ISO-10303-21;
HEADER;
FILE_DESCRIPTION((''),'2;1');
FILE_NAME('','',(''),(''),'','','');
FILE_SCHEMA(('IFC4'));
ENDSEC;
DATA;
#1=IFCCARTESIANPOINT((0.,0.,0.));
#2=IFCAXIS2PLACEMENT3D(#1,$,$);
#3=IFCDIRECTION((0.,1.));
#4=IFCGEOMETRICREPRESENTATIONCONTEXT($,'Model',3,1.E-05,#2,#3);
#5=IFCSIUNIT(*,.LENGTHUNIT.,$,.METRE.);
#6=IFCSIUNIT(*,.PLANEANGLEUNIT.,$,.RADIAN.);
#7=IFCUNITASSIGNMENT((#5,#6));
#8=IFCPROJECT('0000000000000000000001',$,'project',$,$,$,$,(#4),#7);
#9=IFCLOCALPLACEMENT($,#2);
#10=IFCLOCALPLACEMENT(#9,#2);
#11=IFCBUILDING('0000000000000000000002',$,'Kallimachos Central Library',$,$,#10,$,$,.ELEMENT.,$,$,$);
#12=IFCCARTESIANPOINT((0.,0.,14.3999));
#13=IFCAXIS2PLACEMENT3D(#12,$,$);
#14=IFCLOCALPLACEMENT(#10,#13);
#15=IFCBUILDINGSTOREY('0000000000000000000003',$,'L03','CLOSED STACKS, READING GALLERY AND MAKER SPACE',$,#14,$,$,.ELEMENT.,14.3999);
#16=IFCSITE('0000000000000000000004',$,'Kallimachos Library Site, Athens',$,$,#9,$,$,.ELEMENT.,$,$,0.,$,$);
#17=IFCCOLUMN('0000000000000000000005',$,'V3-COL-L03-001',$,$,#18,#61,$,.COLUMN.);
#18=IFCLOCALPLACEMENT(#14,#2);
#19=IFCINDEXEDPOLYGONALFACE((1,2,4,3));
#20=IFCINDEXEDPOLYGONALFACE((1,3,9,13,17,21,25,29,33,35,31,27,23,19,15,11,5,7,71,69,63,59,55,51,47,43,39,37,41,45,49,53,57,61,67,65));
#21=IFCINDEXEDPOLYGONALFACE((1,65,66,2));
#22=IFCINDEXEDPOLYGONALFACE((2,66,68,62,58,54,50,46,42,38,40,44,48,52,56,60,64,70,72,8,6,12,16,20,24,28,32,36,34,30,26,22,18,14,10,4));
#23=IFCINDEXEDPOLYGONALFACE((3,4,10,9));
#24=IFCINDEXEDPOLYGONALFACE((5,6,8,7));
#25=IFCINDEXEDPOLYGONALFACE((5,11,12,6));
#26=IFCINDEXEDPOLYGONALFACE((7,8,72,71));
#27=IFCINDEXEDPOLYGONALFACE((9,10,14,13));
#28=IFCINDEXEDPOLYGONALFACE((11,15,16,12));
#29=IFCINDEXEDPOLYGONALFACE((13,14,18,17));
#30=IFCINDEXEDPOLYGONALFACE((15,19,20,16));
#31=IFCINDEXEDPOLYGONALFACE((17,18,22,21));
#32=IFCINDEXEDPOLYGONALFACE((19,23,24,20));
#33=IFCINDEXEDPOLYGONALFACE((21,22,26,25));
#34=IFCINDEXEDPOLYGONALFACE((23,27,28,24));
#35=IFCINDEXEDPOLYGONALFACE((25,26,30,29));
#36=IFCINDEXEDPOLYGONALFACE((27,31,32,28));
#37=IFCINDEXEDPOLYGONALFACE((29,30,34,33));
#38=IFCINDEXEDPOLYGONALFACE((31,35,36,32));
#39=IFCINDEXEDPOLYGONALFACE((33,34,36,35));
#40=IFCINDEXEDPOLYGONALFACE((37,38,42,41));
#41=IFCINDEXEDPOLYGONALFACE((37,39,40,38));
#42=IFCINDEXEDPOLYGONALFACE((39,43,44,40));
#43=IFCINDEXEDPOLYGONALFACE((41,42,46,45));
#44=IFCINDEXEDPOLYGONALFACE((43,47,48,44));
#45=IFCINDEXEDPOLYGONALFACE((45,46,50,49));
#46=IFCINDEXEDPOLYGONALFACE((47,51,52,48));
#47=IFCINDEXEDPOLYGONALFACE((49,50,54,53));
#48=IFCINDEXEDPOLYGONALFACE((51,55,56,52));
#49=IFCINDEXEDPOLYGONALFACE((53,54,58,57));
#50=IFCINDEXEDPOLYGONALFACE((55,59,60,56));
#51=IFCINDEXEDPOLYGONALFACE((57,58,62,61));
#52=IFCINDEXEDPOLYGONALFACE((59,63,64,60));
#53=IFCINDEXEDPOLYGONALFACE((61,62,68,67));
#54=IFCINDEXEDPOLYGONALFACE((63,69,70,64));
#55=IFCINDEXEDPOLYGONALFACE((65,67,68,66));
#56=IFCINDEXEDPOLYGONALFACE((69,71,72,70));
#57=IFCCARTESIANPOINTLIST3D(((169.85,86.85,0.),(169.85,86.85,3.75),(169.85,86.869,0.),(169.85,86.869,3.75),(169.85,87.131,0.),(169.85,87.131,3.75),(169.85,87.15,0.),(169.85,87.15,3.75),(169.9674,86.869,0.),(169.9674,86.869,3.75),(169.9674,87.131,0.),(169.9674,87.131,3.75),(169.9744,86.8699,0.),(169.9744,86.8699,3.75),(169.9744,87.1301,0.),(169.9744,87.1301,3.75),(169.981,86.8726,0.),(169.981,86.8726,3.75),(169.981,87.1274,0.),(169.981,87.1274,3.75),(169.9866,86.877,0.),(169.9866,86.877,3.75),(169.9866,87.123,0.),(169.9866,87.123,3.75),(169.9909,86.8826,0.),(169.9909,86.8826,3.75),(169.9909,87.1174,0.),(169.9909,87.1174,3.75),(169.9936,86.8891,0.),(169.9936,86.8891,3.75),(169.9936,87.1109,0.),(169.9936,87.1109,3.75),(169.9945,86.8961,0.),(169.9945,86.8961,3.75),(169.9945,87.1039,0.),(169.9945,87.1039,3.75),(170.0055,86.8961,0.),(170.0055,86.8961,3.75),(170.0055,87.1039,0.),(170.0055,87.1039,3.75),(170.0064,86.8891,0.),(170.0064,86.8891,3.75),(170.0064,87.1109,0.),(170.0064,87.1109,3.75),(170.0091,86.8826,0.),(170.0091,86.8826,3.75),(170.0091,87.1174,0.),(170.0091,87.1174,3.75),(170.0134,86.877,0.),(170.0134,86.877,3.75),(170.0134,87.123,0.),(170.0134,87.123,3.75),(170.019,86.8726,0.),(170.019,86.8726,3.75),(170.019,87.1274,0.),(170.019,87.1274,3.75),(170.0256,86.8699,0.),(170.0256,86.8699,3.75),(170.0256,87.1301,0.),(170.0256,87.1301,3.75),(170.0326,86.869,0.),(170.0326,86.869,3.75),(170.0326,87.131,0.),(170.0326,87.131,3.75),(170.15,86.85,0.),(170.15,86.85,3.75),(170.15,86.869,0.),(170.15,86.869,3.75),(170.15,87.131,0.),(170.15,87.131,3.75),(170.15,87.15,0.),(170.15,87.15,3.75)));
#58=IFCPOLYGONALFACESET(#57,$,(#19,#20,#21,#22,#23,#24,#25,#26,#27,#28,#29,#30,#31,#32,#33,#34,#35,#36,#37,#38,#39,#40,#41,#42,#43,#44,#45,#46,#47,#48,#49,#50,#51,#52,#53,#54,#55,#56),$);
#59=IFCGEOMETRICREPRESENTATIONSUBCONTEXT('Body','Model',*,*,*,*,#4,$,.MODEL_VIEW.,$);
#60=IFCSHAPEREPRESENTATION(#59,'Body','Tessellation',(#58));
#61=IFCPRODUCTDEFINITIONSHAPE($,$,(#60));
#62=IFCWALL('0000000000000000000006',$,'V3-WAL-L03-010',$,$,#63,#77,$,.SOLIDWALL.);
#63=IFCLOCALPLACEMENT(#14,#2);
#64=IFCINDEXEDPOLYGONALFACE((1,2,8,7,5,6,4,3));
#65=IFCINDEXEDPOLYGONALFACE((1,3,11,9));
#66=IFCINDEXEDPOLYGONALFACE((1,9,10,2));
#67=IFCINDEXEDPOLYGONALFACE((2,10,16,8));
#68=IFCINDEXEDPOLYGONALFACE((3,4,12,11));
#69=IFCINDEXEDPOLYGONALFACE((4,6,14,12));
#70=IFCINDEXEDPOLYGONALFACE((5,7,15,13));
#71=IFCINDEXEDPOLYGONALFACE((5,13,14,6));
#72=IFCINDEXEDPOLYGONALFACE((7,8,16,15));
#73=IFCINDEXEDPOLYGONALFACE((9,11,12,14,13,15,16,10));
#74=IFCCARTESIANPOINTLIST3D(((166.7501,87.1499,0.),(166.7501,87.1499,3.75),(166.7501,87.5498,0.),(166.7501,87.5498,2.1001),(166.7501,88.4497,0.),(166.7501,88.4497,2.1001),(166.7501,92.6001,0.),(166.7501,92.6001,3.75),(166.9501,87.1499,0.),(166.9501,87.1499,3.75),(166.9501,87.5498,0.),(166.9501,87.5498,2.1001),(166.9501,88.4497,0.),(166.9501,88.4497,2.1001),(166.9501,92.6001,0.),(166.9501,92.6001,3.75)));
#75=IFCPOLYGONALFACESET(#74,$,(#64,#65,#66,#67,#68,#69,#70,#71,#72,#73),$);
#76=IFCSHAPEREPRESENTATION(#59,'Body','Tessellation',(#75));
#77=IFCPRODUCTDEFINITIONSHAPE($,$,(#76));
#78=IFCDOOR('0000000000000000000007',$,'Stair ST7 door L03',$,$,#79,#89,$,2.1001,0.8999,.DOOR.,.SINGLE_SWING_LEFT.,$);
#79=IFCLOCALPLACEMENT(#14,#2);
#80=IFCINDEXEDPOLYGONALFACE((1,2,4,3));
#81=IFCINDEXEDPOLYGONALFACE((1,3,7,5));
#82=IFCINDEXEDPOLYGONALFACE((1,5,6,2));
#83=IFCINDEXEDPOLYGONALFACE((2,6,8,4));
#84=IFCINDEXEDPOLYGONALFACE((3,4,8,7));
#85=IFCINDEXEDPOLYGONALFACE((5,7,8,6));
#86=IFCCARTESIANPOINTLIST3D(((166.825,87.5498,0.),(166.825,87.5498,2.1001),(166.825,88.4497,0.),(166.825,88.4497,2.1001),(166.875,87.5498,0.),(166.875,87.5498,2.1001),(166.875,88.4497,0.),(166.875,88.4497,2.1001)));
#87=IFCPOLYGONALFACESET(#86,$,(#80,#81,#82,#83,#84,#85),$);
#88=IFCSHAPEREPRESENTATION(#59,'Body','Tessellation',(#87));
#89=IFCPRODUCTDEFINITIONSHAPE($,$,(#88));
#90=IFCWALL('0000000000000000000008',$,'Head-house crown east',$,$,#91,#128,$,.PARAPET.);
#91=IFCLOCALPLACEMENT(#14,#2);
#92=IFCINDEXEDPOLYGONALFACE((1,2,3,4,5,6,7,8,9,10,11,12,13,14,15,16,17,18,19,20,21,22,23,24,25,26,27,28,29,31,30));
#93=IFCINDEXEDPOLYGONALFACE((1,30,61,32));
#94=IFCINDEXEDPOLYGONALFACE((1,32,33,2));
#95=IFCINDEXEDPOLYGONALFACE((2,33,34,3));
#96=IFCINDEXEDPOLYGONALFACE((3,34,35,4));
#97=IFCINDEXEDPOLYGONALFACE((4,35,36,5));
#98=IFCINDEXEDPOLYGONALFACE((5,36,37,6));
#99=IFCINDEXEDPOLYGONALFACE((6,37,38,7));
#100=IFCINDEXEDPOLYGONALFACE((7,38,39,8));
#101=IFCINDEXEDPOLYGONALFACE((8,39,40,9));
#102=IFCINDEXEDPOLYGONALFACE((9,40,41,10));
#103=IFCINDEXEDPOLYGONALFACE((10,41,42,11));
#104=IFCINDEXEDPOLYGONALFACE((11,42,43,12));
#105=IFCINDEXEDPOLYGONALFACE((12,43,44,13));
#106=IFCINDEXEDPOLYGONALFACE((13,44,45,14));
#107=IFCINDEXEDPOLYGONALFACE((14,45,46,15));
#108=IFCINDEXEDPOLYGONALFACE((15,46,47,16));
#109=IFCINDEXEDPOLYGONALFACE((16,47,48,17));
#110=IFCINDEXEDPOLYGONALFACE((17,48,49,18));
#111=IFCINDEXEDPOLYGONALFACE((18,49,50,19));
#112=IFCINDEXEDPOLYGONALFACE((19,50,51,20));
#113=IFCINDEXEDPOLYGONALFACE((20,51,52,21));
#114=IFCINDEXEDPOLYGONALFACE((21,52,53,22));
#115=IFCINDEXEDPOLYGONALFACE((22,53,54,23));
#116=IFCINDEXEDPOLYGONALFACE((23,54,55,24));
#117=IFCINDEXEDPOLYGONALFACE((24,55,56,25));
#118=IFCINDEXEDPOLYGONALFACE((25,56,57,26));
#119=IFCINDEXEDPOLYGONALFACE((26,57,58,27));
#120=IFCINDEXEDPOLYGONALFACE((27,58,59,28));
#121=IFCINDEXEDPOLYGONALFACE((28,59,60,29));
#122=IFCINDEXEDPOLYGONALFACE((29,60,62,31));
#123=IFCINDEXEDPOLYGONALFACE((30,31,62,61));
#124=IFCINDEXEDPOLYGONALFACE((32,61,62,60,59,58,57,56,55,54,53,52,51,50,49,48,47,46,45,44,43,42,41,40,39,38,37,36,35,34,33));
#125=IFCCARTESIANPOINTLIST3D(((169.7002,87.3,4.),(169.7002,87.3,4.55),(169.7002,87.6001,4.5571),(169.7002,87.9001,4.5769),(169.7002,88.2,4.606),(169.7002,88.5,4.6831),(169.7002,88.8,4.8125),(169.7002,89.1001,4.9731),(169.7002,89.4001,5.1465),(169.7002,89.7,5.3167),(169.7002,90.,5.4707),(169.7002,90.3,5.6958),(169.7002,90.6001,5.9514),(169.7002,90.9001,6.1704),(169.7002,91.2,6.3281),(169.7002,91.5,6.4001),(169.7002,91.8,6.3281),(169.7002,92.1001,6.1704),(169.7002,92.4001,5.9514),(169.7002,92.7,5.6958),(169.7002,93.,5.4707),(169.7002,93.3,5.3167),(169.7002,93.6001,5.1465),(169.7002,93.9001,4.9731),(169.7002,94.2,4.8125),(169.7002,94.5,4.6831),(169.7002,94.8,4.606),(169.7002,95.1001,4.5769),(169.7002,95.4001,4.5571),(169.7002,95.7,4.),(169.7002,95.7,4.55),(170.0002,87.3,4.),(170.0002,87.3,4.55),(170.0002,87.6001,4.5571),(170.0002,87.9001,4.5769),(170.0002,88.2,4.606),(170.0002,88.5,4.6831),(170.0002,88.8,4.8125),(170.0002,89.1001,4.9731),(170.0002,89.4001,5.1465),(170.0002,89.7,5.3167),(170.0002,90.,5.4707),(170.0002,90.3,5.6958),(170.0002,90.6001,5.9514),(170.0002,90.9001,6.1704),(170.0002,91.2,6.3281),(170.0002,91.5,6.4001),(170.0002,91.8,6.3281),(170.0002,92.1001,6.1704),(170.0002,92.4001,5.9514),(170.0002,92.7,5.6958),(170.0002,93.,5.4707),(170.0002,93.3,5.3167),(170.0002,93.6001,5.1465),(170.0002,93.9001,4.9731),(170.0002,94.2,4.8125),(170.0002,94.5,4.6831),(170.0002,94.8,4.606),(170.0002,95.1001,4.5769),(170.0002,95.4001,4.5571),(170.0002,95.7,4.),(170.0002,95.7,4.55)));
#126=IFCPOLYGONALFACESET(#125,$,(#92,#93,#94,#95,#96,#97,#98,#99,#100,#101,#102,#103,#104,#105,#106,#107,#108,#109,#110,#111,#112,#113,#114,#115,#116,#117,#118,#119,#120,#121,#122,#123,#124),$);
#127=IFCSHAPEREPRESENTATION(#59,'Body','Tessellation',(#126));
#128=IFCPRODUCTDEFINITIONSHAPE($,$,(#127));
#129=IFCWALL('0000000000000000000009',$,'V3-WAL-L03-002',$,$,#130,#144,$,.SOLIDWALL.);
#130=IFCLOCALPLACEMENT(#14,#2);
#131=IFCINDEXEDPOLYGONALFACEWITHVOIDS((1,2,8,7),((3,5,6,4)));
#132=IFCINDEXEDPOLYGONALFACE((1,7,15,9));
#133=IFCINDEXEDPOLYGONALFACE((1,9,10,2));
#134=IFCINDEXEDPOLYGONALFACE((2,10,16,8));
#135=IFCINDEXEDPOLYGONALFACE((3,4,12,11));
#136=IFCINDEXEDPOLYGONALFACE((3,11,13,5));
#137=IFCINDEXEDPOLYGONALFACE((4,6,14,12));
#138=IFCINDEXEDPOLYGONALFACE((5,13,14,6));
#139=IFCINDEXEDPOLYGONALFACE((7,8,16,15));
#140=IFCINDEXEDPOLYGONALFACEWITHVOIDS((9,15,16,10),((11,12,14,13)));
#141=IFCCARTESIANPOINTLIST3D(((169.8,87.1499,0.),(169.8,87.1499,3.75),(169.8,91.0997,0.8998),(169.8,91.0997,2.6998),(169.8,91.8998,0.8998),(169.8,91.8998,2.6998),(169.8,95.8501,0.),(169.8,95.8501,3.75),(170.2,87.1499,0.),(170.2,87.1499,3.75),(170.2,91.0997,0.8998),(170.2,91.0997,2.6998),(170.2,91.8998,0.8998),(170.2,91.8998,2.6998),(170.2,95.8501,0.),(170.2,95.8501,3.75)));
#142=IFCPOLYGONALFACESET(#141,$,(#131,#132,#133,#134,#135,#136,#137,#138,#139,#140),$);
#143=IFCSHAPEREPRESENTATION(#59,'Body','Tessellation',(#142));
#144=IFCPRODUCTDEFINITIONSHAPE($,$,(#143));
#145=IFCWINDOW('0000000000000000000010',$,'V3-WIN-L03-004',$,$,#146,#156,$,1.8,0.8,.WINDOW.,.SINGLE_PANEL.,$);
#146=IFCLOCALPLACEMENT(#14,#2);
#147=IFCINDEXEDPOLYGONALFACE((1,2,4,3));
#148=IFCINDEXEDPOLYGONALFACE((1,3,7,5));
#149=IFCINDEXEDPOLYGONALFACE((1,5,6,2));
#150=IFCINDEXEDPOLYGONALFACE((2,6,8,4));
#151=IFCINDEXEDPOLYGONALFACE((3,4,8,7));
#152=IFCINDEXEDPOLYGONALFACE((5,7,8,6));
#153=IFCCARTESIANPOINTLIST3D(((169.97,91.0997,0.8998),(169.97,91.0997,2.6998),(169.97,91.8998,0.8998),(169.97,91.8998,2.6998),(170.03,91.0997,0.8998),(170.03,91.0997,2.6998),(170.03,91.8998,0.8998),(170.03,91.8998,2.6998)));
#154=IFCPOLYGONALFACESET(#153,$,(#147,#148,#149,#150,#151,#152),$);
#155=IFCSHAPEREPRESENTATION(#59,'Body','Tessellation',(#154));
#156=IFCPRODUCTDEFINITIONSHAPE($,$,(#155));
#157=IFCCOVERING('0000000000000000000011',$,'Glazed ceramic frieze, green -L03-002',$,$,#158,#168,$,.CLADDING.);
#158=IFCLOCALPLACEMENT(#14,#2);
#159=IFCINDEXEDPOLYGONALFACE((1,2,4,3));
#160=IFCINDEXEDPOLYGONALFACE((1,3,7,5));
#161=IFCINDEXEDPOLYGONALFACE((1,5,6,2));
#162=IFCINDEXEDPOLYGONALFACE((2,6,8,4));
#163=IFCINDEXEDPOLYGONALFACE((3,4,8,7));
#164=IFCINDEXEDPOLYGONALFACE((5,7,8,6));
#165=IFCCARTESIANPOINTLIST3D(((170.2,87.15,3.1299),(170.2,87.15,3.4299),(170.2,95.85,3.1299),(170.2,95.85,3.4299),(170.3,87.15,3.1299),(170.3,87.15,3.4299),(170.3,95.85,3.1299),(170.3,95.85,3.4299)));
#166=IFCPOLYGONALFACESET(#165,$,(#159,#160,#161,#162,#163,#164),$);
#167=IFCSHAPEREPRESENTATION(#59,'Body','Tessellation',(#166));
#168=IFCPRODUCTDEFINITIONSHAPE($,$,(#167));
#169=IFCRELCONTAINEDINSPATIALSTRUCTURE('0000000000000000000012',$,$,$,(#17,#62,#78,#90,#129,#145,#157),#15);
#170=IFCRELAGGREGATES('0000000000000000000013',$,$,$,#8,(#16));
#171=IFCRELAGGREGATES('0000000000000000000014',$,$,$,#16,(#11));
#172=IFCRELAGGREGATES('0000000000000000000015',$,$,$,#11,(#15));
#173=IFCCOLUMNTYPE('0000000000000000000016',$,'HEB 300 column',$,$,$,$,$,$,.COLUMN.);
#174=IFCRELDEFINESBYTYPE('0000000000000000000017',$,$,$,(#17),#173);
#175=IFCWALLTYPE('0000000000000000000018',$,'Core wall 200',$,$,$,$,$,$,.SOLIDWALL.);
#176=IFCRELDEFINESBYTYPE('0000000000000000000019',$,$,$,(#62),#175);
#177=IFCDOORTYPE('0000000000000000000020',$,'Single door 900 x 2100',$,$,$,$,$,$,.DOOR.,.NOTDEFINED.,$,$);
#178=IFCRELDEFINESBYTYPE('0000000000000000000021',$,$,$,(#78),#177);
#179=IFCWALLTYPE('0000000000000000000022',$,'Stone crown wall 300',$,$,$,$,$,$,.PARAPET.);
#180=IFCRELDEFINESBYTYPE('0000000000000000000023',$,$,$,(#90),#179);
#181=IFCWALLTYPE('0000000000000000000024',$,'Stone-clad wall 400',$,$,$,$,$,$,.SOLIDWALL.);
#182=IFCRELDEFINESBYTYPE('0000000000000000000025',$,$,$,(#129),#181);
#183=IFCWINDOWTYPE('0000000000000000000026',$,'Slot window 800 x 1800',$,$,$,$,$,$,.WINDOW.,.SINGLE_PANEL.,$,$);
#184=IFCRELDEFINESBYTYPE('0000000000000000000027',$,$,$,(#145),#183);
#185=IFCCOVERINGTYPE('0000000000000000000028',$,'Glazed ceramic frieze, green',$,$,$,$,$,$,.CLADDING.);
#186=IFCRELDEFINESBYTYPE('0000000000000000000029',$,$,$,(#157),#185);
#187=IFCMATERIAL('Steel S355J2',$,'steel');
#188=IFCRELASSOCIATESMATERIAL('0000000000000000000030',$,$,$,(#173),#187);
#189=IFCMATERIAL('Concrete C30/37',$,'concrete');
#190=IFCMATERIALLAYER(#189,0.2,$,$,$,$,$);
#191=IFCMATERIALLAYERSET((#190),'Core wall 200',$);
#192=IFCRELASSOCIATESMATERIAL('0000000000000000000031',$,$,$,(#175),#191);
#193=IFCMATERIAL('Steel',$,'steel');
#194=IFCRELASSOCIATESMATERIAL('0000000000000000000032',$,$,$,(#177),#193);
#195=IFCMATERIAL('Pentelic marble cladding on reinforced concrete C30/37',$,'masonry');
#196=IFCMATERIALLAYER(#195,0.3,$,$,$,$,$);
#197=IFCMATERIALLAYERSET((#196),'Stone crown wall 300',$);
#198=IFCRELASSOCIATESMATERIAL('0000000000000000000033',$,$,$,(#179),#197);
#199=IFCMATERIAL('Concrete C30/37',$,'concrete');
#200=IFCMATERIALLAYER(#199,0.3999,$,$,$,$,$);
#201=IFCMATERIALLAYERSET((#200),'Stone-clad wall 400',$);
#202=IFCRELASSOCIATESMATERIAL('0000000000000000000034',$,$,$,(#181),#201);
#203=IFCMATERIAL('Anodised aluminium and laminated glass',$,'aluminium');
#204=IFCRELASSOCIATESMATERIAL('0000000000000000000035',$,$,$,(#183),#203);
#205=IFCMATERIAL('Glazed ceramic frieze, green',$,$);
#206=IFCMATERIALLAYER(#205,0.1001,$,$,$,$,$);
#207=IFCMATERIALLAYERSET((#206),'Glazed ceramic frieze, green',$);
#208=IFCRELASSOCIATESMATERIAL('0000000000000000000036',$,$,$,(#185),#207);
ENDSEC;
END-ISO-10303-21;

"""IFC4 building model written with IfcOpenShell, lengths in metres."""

from ifc_helpers import new_model, si_unit, direction, frame, frame_2d, origin, origin_2d, place, context, subcontext, project, spatial, polyline, rectangle, i_section, outline, extrude, material, layer, layer_set, material_profile, profile_set, type_object, element, fill, save


model = new_model("IFC4")

# Units and contexts
model_context = context("Model", 3, precision=1e-05, world=origin(), true_north=direction((0.0, 1.0)))
body_context = subcontext(model_context, "Body", "Model", "MODEL_VIEW")
ifc_project = project(units=[si_unit("LENGTHUNIT", "METRE"), si_unit("PLANEANGLEUNIT", "RADIAN")], contexts=[model_context])

# Site, building, storey
site_placement = place(None, origin())
site = spatial("IfcSite", under=ifc_project, at=site_placement, Name="Kallimachos Library Site, Athens", CompositionType="ELEMENT", RefElevation=0.0)
building_placement = place(site_placement, origin())
building = spatial("IfcBuilding", under=site, at=building_placement, Name="Kallimachos Central Library", CompositionType="ELEMENT")
storey_placement = place(building_placement, frame((0.0, 0.0, 14.3999)))
storey = spatial("IfcBuildingStorey", under=building, at=storey_placement, Name="L03", Description="CLOSED STACKS, READING GALLERY AND MAKER SPACE", CompositionType="ELEMENT", Elevation=14.3999)

# Column
ifc_material_1 = material(Name="Steel S355J2", Category="steel")
ifc_material_profile = material_profile(ifc_material_1, i_section(OverallWidth=0.3, OverallDepth=0.3, WebThickness=0.011, FlangeThickness=0.019, FilletRadius=0.0271, at=origin_2d()), Name="HEB 300")
ifc_profile_set = profile_set([ifc_material_profile], Name="Steel S355J2")
column_type = type_object("IfcColumnType", Name="HEB 300 column", PredefinedType="COLUMN", material=ifc_profile_set)
column_placement = place(storey_placement, frame((170.0, 87.0, 0.0), z_axis=(0.0, 0.0, 1.0), x_axis=(1.0, 0.0, 0.0)))
element("IfcColumn", 1, at=column_placement, inside=storey, type_object=column_type, Name="V3-COL-L03-001", PredefinedType="COLUMN", context=body_context, shape_type="SweptSolid", body=[
    extrude(i_section(OverallWidth=0.3, OverallDepth=0.3, WebThickness=0.011, FlangeThickness=0.019, FilletRadius=0.0271, at=origin_2d()), origin(), (0.0, 0.0, 1.0), 3.75),
])

# Wall, opening, door
ifc_material_2 = material(Name="Concrete C30/37", Category="concrete")
ifc_layer_1 = layer(ifc_material_2, 0.2)
ifc_layer_set_1 = layer_set([ifc_layer_1], Name="Core wall 200")
wall_type_1 = type_object("IfcWallType", Name="Core wall 200", PredefinedType="SOLIDWALL", material=ifc_layer_set_1)
wall_1_placement = place(storey_placement, frame((166.8501, 87.1499, 0.0), z_axis=(0.0, 0.0, 1.0), x_axis=(0.0, 1.0, 0.0)))
wall_1 = element("IfcWall", 2, at=wall_1_placement, inside=storey, type_object=wall_type_1, Name="V3-WAL-L03-010", PredefinedType="SOLIDWALL", context=body_context, shape_type="SweptSolid", body=[
    extrude(rectangle(XDim=5.4502, YDim=0.2, at=frame_2d((2.7251, 0.0))), origin(), (0.0, 0.0, 1.0), 3.75),
])
opening_1_placement = place(wall_1_placement, frame((0.3999, 0.0, 0.0)))
opening_1 = element("IfcOpeningElement", 3, at=opening_1_placement, cuts=wall_1, PredefinedType="OPENING", context=body_context, shape_type="SweptSolid", body=[
    extrude(rectangle(XDim=0.8999, YDim=2.1001, at=frame_2d((0.45, 1.05))), frame((0.0, 0.1099, 0.0), z_axis=(0.0, -1.0, 0.0), x_axis=(1.0, 0.0, 0.0)), (0.0, 0.0, 1.0), 0.22),
])
ifc_material_3 = material(Name="Steel", Category="steel")
door_type = type_object("IfcDoorType", Name="Single door 900 x 2100", OperationType="NOTDEFINED", PredefinedType="DOOR", material=ifc_material_3)
door_placement = place(opening_1_placement, frame((0.8999, 0.0, 0.0), z_axis=(0.0, 0.0, 1.0), x_axis=(-1.0, 0.0, 0.0)))
door = element("IfcDoor", 4, at=door_placement, inside=storey, type_object=door_type, Name="Stair ST7 door L03", OperationType="SINGLE_SWING_LEFT", OverallHeight=2.1001, OverallWidth=0.8999, PredefinedType="DOOR", context=body_context, shape_type="SweptSolid", body=[
    extrude(rectangle(XDim=0.8999, YDim=2.1001, at=frame_2d((0.45, 1.05))), frame((0.0, 0.0249, 0.0), z_axis=(0.0, -1.0, 0.0), x_axis=(1.0, 0.0, 0.0)), (0.0, 0.0, 1.0), 0.05),
])
fill(opening_1, door)

# Wall
ifc_material_4 = material(Name="Pentelic marble cladding on reinforced concrete C30/37", Category="masonry")
ifc_layer_2 = layer(ifc_material_4, 0.3)
ifc_layer_set_2 = layer_set([ifc_layer_2], Name="Stone crown wall 300")
wall_type_2 = type_object("IfcWallType", Name="Stone crown wall 300", PredefinedType="PARAPET", material=ifc_layer_set_2)
wall_2_placement = place(storey_placement, frame((169.8501, 87.3, 4.0), z_axis=(0.0, 0.0, 1.0), x_axis=(0.0, 1.0, 0.0)))
element("IfcWall", 5, at=wall_2_placement, inside=storey, type_object=wall_type_2, Name="Head-house crown east", PredefinedType="PARAPET", context=body_context, shape_type="SweptSolid", body=[
    extrude(outline(polyline([(0.0, 0.0), (8.3999, 0.0), (8.3999, 0.55), (8.1001, 0.5571), (7.8, 0.5769), (7.5, 0.606), (7.2, 0.6831), (6.8999, 0.8125), (6.6001, 0.9731), (6.3, 1.1465), (6.0, 1.3167), (5.7, 1.4707), (5.3999, 1.6958), (5.1001, 1.9514), (4.8, 2.1704), (4.5, 2.3281), (4.2, 2.4001), (3.8999, 2.3281), (3.6001, 2.1704), (3.3, 1.9514), (3.0, 1.6958), (2.7, 1.4707), (2.3999, 1.3167), (2.1001, 1.1465), (1.8, 0.9731), (1.5, 0.8125), (1.2, 0.6831), (0.8999, 0.606), (0.6001, 0.5769), (0.3, 0.5571), (0.0, 0.55), (0.0, 0.0)])), frame((0.0, 0.1499, 0.0), z_axis=(0.0, -1.0, 0.0), x_axis=(1.0, 0.0, 0.0)), (0.0, 0.0, 1.0), 0.3),
])

# Wall, opening, window
ifc_material_5 = material(Name="Concrete C30/37", Category="concrete")
ifc_layer_3 = layer(ifc_material_5, 0.3999)
ifc_layer_set_3 = layer_set([ifc_layer_3], Name="Stone-clad wall 400")
wall_type_3 = type_object("IfcWallType", Name="Stone-clad wall 400", PredefinedType="SOLIDWALL", material=ifc_layer_set_3)
wall_3_placement = place(storey_placement, frame((170.0, 87.1499, 0.0), z_axis=(0.0, 0.0, 1.0), x_axis=(0.0, 1.0, 0.0)))
wall_3 = element("IfcWall", 6, at=wall_3_placement, inside=storey, type_object=wall_type_3, Name="V3-WAL-L03-002", PredefinedType="SOLIDWALL", context=body_context, shape_type="SweptSolid", body=[
    extrude(rectangle(XDim=8.7002, YDim=0.3999, at=frame_2d((4.3501, 0.0))), origin(), (0.0, 0.0, 1.0), 3.75),
])
opening_2_placement = place(wall_3_placement, frame((3.95, 0.0, 0.8999)))
opening_2 = element("IfcOpeningElement", 7, at=opening_2_placement, cuts=wall_3, PredefinedType="OPENING", context=body_context, shape_type="SweptSolid", body=[
    extrude(rectangle(XDim=0.8, YDim=1.8, at=frame_2d((0.3999, 0.8999))), frame((0.0, 0.21, 0.0), z_axis=(0.0, -1.0, 0.0), x_axis=(1.0, 0.0, 0.0)), (0.0, 0.0, 1.0), 0.4199),
])
ifc_material_6 = material(Name="Anodised aluminium and laminated glass", Category="aluminium")
window_type = type_object("IfcWindowType", Name="Slot window 800 x 1800", PartitioningType="SINGLE_PANEL", PredefinedType="WINDOW", material=ifc_material_6)
window_placement = place(opening_2_placement, origin())
window = element("IfcWindow", 8, at=window_placement, inside=storey, type_object=window_type, Name="V3-WIN-L03-004", OverallHeight=1.8, OverallWidth=0.8, PartitioningType="SINGLE_PANEL", PredefinedType="WINDOW", context=body_context, shape_type="SweptSolid", body=[
    extrude(rectangle(XDim=0.8, YDim=1.8, at=frame_2d((0.3999, 0.8999))), frame((0.0, 0.03, 0.0), z_axis=(0.0, -1.0, 0.0), x_axis=(1.0, 0.0, 0.0)), (0.0, 0.0, 1.0), 0.0601),
])
fill(opening_2, window)

# Covering
ifc_material_7 = material(Name="Glazed ceramic frieze, green")
ifc_layer_4 = layer(ifc_material_7, 0.1001)
ifc_layer_set_4 = layer_set([ifc_layer_4], Name="Glazed ceramic frieze, green")
covering_type_1 = type_object("IfcCoveringType", Name="Glazed ceramic frieze, green", PredefinedType="CLADDING", material=ifc_layer_set_4)
covering_1_placement = place(storey_placement, frame((170.25, 91.5, 3.1299), z_axis=(0.0, 0.0, 1.0), x_axis=(1.0, 0.0, 0.0)))
element("IfcCovering", 9, at=covering_1_placement, inside=storey, type_object=covering_type_1, Name="Glazed ceramic frieze, green -L03-002", PredefinedType="CLADDING", context=body_context, shape_type="SweptSolid", body=[
    extrude(rectangle(XDim=0.1001, YDim=8.7, at=origin_2d()), origin(), (0.0, 0.0, 1.0), 0.3),
])

save(model, "model.ifc")
